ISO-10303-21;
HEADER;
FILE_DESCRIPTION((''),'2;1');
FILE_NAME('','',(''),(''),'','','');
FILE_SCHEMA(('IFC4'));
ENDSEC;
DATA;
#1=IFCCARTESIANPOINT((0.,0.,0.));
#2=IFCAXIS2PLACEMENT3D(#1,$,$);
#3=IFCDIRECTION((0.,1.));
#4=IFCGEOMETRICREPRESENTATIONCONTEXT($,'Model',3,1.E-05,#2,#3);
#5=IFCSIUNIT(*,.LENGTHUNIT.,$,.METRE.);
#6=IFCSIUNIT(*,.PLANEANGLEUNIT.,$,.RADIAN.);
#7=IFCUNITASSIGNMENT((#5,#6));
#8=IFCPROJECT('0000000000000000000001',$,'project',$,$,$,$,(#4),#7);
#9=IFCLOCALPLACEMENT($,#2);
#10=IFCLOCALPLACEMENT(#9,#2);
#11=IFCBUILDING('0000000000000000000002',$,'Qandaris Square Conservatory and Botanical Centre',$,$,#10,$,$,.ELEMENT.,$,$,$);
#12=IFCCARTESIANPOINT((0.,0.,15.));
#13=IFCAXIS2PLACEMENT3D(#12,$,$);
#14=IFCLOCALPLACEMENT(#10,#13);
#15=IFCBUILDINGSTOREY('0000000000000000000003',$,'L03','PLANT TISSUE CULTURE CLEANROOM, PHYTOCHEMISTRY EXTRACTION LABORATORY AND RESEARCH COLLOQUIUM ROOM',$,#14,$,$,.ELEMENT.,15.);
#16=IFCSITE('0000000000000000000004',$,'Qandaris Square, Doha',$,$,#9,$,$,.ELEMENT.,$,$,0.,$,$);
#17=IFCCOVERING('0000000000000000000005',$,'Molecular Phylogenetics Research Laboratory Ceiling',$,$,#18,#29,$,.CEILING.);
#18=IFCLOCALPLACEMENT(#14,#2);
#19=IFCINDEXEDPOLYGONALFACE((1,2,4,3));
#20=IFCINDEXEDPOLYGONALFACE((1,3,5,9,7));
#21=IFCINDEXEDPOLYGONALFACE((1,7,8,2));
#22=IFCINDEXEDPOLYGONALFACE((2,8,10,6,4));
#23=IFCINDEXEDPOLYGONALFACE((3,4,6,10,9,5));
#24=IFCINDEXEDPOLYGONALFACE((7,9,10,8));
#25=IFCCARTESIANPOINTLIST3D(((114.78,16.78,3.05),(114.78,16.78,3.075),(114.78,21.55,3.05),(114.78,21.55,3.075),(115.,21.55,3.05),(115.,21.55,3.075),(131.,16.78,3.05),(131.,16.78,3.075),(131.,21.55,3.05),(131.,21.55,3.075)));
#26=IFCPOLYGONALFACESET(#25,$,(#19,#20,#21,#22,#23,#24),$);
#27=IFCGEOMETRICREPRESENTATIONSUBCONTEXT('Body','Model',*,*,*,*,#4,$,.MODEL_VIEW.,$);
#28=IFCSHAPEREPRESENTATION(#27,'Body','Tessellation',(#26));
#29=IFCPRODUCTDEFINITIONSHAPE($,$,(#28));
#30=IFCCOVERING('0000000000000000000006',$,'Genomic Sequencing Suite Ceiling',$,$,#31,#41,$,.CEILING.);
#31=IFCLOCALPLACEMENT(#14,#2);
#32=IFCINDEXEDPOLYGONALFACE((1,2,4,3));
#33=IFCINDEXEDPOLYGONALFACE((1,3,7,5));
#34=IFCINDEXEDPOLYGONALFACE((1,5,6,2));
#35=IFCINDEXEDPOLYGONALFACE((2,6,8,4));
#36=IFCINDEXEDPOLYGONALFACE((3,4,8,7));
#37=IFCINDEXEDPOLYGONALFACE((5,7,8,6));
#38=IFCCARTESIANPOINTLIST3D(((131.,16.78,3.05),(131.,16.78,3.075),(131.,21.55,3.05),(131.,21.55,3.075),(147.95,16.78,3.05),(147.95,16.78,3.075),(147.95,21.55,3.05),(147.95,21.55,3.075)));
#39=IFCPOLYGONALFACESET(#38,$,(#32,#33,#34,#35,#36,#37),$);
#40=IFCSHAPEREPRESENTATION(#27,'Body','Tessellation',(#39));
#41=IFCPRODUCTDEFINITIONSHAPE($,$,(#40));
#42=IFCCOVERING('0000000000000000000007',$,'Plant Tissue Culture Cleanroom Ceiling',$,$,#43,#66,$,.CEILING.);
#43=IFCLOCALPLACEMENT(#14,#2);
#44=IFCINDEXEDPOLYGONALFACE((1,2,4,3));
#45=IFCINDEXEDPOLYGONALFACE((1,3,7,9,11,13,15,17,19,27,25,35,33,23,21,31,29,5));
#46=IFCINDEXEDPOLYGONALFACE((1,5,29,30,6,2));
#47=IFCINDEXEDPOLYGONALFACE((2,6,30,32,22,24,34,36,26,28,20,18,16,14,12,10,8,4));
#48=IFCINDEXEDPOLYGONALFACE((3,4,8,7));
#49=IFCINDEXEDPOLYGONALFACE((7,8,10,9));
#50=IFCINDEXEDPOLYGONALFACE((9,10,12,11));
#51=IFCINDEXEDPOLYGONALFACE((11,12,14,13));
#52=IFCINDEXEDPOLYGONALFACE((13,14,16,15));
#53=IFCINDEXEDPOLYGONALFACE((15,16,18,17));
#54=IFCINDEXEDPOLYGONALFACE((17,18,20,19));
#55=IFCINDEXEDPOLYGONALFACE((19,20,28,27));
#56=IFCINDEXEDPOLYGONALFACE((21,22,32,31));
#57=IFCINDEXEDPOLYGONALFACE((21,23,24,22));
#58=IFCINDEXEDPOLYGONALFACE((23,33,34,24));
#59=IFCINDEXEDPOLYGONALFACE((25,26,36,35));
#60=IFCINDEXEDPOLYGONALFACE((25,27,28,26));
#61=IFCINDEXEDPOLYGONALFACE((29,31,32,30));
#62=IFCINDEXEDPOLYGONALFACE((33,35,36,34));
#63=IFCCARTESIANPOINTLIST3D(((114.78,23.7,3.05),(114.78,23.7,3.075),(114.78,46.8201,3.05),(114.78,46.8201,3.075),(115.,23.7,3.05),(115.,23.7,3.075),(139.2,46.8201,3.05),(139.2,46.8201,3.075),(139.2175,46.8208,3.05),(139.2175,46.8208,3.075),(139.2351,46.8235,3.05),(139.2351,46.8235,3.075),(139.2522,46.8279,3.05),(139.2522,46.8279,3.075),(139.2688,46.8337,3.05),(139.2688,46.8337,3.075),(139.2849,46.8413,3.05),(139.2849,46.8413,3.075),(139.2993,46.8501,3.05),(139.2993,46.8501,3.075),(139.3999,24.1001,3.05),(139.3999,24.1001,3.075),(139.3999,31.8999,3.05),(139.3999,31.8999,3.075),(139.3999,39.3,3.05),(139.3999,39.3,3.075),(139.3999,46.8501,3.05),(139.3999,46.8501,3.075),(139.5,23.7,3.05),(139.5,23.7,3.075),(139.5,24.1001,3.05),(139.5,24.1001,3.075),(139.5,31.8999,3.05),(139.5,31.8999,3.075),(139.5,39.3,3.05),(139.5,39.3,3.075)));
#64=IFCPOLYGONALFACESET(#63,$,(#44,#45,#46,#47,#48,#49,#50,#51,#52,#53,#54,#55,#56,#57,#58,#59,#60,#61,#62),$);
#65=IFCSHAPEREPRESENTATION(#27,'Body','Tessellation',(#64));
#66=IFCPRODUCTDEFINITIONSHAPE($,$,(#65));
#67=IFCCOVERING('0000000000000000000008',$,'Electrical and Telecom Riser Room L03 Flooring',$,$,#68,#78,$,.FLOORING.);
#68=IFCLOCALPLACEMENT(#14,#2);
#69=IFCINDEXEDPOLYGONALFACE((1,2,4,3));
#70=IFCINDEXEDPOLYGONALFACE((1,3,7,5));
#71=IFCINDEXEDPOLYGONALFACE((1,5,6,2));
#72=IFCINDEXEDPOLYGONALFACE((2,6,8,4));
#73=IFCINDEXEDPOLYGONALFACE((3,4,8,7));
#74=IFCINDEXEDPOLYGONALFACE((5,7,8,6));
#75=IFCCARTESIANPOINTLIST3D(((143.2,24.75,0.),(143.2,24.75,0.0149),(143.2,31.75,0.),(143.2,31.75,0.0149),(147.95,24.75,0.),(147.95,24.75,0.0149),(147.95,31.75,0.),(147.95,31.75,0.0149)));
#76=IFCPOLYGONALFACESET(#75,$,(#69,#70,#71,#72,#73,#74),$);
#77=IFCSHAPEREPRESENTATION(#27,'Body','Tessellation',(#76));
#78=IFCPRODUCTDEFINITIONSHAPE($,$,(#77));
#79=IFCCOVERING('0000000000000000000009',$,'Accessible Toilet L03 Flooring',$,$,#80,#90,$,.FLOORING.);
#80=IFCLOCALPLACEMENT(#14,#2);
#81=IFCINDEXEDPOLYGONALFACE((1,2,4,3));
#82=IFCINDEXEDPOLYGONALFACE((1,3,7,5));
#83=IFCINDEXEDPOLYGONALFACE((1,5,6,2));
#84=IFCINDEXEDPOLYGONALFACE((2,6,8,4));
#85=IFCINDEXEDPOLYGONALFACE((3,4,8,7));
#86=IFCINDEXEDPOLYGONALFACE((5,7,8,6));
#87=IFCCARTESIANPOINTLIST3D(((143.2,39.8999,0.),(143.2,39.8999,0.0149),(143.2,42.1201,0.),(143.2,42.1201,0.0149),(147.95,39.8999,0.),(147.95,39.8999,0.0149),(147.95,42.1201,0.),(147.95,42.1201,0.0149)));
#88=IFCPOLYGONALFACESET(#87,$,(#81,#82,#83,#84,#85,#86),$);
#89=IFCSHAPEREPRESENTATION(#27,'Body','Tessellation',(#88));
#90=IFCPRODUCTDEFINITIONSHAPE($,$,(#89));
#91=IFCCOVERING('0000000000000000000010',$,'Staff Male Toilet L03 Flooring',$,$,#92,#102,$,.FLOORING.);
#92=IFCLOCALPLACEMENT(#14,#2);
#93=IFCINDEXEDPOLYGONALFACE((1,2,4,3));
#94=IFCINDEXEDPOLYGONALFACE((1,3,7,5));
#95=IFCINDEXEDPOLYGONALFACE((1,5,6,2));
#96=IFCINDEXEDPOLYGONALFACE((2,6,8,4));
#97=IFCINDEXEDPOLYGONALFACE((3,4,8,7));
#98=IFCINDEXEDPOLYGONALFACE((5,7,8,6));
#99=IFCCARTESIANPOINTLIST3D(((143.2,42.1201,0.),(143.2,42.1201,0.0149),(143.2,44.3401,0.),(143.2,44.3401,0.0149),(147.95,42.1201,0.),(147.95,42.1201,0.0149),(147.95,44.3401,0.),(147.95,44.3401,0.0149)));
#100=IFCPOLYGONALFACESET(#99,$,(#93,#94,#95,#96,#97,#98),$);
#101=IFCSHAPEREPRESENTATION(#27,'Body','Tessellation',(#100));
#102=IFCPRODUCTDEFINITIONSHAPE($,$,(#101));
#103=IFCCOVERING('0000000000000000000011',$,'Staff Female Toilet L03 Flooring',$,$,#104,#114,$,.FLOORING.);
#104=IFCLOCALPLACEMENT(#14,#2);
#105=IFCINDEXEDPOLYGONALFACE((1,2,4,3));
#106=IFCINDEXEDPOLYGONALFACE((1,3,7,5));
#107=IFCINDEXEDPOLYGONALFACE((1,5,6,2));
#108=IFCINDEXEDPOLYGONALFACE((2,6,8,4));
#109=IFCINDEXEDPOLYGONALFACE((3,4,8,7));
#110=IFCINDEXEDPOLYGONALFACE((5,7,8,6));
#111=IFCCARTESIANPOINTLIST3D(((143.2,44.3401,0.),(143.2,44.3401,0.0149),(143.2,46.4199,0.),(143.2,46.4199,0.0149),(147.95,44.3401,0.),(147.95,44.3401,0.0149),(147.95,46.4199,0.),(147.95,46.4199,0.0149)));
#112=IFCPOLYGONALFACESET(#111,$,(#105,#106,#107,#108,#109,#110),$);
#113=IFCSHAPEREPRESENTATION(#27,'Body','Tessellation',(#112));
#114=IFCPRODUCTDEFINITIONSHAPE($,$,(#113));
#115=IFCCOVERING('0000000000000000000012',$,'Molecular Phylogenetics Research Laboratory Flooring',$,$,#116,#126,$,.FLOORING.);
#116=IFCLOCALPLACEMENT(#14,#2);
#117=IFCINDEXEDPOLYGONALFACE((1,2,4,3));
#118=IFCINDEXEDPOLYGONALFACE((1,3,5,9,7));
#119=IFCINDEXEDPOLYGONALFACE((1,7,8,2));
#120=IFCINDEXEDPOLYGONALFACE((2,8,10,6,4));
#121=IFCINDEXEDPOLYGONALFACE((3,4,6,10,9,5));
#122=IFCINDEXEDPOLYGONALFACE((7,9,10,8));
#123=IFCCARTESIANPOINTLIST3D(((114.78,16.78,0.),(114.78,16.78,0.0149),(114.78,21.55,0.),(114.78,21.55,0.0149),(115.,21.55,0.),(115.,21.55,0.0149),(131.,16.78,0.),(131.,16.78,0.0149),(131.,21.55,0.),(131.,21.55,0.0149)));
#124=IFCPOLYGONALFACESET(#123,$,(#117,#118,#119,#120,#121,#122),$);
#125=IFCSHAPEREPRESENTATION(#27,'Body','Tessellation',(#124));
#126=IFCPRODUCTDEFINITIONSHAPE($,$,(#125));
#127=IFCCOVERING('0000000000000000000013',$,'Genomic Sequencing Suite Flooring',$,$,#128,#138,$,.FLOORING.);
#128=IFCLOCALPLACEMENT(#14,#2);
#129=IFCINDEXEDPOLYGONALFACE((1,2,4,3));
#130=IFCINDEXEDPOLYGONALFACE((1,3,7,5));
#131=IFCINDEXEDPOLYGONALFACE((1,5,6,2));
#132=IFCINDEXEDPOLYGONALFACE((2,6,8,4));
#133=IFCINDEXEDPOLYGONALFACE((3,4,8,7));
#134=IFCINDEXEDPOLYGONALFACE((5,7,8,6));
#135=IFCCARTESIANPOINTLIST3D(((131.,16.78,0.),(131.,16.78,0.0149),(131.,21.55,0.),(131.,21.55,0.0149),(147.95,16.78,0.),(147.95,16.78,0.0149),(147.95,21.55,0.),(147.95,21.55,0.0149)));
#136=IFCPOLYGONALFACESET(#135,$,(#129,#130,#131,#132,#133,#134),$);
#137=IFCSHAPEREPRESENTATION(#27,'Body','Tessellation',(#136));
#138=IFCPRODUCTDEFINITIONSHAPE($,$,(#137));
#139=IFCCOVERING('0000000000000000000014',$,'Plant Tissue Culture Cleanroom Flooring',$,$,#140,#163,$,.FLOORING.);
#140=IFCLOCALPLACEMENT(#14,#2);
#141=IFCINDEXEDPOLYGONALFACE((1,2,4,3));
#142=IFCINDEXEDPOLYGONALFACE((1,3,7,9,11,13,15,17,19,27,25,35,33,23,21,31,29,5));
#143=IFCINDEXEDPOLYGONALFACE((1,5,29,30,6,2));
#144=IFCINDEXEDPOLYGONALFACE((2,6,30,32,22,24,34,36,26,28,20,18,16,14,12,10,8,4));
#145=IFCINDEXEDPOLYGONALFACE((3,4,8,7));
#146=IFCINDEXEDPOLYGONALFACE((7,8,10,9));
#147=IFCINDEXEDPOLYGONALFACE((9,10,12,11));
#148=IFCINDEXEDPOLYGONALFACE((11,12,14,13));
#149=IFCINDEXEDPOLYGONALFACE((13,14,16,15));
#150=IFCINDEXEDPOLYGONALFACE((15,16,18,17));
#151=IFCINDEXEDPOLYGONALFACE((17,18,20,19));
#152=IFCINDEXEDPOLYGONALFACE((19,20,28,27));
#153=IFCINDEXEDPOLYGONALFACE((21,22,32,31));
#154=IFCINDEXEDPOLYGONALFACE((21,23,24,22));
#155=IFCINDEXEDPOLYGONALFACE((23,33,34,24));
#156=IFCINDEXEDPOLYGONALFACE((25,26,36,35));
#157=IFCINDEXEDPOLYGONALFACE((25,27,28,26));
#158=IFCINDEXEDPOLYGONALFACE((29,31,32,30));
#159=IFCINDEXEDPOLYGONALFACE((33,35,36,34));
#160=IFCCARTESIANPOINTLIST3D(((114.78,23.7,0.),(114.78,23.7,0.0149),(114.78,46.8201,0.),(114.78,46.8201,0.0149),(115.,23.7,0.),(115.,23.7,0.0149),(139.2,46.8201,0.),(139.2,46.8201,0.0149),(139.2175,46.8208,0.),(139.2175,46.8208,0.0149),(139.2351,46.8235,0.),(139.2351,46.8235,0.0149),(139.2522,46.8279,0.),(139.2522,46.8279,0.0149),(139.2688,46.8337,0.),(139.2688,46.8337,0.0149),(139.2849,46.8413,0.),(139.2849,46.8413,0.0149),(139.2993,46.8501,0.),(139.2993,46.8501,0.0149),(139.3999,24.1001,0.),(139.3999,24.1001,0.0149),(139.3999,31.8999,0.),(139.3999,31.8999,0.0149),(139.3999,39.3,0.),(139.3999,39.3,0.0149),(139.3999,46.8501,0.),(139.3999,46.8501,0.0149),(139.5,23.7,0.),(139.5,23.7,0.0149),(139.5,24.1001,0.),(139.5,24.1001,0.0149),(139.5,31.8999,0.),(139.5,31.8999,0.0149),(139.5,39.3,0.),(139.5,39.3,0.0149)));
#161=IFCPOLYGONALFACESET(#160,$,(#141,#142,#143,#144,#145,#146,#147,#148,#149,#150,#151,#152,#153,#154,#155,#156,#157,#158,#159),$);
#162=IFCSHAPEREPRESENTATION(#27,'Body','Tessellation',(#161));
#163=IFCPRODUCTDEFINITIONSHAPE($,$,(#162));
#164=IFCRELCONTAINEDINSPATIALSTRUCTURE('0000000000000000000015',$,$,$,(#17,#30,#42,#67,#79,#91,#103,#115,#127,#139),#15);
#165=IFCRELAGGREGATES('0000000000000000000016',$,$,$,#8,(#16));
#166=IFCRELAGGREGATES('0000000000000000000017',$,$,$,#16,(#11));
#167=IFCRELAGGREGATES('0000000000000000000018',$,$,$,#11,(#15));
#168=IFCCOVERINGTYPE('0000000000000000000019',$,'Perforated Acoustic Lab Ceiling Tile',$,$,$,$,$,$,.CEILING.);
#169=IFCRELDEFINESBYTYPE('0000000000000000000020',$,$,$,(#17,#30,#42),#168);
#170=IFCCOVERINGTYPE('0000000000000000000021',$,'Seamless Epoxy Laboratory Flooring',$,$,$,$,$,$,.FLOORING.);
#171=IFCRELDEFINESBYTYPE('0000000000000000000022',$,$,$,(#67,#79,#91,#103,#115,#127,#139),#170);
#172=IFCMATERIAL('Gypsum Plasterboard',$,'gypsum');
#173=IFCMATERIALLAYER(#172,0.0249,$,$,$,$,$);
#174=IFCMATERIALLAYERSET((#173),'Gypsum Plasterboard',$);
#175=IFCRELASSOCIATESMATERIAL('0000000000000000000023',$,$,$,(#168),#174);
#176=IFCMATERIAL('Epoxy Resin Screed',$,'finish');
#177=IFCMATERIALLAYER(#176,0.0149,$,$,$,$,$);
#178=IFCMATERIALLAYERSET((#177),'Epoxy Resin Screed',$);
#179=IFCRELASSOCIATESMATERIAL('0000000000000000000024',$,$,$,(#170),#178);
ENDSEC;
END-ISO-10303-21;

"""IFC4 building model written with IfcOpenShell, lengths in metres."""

from ifc_helpers import new_model, si_unit, direction, frame, origin, place, context, subcontext, project, spatial, polyline, outline, extrude, material, layer, layer_set, type_object, element, save


model = new_model("IFC4")

# Units and contexts
model_context = context("Model", 3, precision=1e-05, world=origin(), true_north=direction((0.0, 1.0)))
body_context = subcontext(model_context, "Body", "Model", "MODEL_VIEW")
ifc_project = project(units=[si_unit("LENGTHUNIT", "METRE"), si_unit("PLANEANGLEUNIT", "RADIAN")], contexts=[model_context])

# Site, building, storey
site_placement = place(None, origin())
site = spatial("IfcSite", under=ifc_project, at=site_placement, Name="Qandaris Square, Doha", CompositionType="ELEMENT", RefElevation=0.0)
building_placement = place(site_placement, origin())
building = spatial("IfcBuilding", under=site, at=building_placement, Name="Qandaris Square Conservatory and Botanical Centre", CompositionType="ELEMENT")
storey_placement = place(building_placement, frame((0.0, 0.0, 15.0)))
storey = spatial("IfcBuildingStorey", under=building, at=storey_placement, Name="L03", Description="PLANT TISSUE CULTURE CLEANROOM, PHYTOCHEMISTRY EXTRACTION LABORATORY AND RESEARCH COLLOQUIUM ROOM", CompositionType="ELEMENT", Elevation=15.0)

# Coverings
ifc_material_1 = material(Name="Gypsum Plasterboard", Category="gypsum")
ifc_layer_1 = layer(ifc_material_1, 0.0249)
ifc_layer_set_1 = layer_set([ifc_layer_1], Name="Gypsum Plasterboard")
covering_type_1 = type_object("IfcCoveringType", Name="Perforated Acoustic Lab Ceiling Tile", PredefinedType="CEILING", material=ifc_layer_set_1)
covering_1_placement = place(storey_placement, frame((0.0, 0.0, 3.05)))
element("IfcCovering", 1, at=covering_1_placement, inside=storey, type_object=covering_type_1, Name="Molecular Phylogenetics Research Laboratory Ceiling", PredefinedType="CEILING", context=body_context, shape_type="SweptSolid", body=[
    extrude(outline(polyline([(115.0, 21.55), (131.0, 21.55), (131.0, 16.78), (114.78, 16.78), (114.78, 21.55), (115.0, 21.55)])), origin(), (0.0, 0.0, 1.0), 0.0249),
])
covering_2_placement = place(storey_placement, frame((0.0, 0.0, 3.05)))
element("IfcCovering", 2, at=covering_2_placement, inside=storey, type_object=covering_type_1, Name="Genomic Sequencing Suite Ceiling", PredefinedType="CEILING", context=body_context, shape_type="SweptSolid", body=[
    extrude(outline(polyline([(147.95, 21.55), (147.95, 16.78), (131.0, 16.78), (131.0, 21.55), (147.95, 21.55)])), origin(), (0.0, 0.0, 1.0), 0.0249),
])
covering_3_placement = place(storey_placement, frame((0.0, 0.0, 3.05)))
element("IfcCovering", 3, at=covering_3_placement, inside=storey, type_object=covering_type_1, Name="Plant Tissue Culture Cleanroom Ceiling", PredefinedType="CEILING", context=body_context, shape_type="SweptSolid", body=[
    extrude(outline(polyline([(139.2351, 46.8235), (139.2522, 46.8279), (139.2688, 46.8337), (139.2849, 46.8413), (139.2993, 46.8501), (139.3999, 46.8501), (139.3999, 39.3), (139.5, 39.3), (139.5, 31.8999), (139.3999, 31.8999), (139.3999, 24.1001), (139.5, 24.1001), (139.5, 23.7), (115.0, 23.7), (114.78, 23.7), (114.78, 46.8201), (139.2, 46.8201), (139.2175, 46.8208), (139.2351, 46.8235)])), origin(), (0.0, 0.0, 1.0), 0.0249),
])
ifc_material_2 = material(Name="Epoxy Resin Screed", Category="finish")
ifc_layer_2 = layer(ifc_material_2, 0.0149)
ifc_layer_set_2 = layer_set([ifc_layer_2], Name="Epoxy Resin Screed")
covering_type_2 = type_object("IfcCoveringType", Name="Seamless Epoxy Laboratory Flooring", PredefinedType="FLOORING", material=ifc_layer_set_2)
covering_4_placement = place(storey_placement, origin())
element("IfcCovering", 4, at=covering_4_placement, inside=storey, type_object=covering_type_2, Name="Electrical and Telecom Riser Room L03 Flooring", PredefinedType="FLOORING", context=body_context, shape_type="SweptSolid", body=[
    extrude(outline(polyline([(147.95, 31.75), (147.95, 24.75), (143.2, 24.75), (143.2, 31.75), (147.95, 31.75)])), origin(), (0.0, 0.0, 1.0), 0.0149),
])
covering_5_placement = place(storey_placement, origin())
element("IfcCovering", 5, at=covering_5_placement, inside=storey, type_object=covering_type_2, Name="Accessible Toilet L03 Flooring", PredefinedType="FLOORING", context=body_context, shape_type="SweptSolid", body=[
    extrude(outline(polyline([(147.95, 42.1201), (147.95, 39.8999), (143.2, 39.8999), (143.2, 42.1201), (147.95, 42.1201)])), origin(), (0.0, 0.0, 1.0), 0.0149),
])
covering_6_placement = place(storey_placement, origin())
element("IfcCovering", 6, at=covering_6_placement, inside=storey, type_object=covering_type_2, Name="Staff Male Toilet L03 Flooring", PredefinedType="FLOORING", context=body_context, shape_type="SweptSolid", body=[
    extrude(outline(polyline([(147.95, 44.3401), (147.95, 42.1201), (143.2, 42.1201), (143.2, 44.3401), (147.95, 44.3401)])), origin(), (0.0, 0.0, 1.0), 0.0149),
])
covering_7_placement = place(storey_placement, origin())
element("IfcCovering", 7, at=covering_7_placement, inside=storey, type_object=covering_type_2, Name="Staff Female Toilet L03 Flooring", PredefinedType="FLOORING", context=body_context, shape_type="SweptSolid", body=[
    extrude(outline(polyline([(147.95, 46.4199), (147.95, 44.3401), (143.2, 44.3401), (143.2, 46.4199), (147.95, 46.4199)])), origin(), (0.0, 0.0, 1.0), 0.0149),
])
covering_8_placement = place(storey_placement, origin())
element("IfcCovering", 8, at=covering_8_placement, inside=storey, type_object=covering_type_2, Name="Molecular Phylogenetics Research Laboratory Flooring", PredefinedType="FLOORING", context=body_context, shape_type="SweptSolid", body=[
    extrude(outline(polyline([(115.0, 21.55), (131.0, 21.55), (131.0, 16.78), (114.78, 16.78), (114.78, 21.55), (115.0, 21.55)])), origin(), (0.0, 0.0, 1.0), 0.0149),
])
covering_9_placement = place(storey_placement, origin())
element("IfcCovering", 9, at=covering_9_placement, inside=storey, type_object=covering_type_2, Name="Genomic Sequencing Suite Flooring", PredefinedType="FLOORING", context=body_context, shape_type="SweptSolid", body=[
    extrude(outline(polyline([(147.95, 21.55), (147.95, 16.78), (131.0, 16.78), (131.0, 21.55), (147.95, 21.55)])), origin(), (0.0, 0.0, 1.0), 0.0149),
])
covering_10_placement = place(storey_placement, origin())
element("IfcCovering", 10, at=covering_10_placement, inside=storey, type_object=covering_type_2, Name="Plant Tissue Culture Cleanroom Flooring", PredefinedType="FLOORING", context=body_context, shape_type="SweptSolid", body=[
    extrude(outline(polyline([(139.2351, 46.8235), (139.2522, 46.8279), (139.2688, 46.8337), (139.2849, 46.8413), (139.2993, 46.8501), (139.3999, 46.8501), (139.3999, 39.3), (139.5, 39.3), (139.5, 31.8999), (139.3999, 31.8999), (139.3999, 24.1001), (139.5, 24.1001), (139.5, 23.7), (115.0, 23.7), (114.78, 23.7), (114.78, 46.8201), (139.2, 46.8201), (139.2175, 46.8208), (139.2351, 46.8235)])), origin(), (0.0, 0.0, 1.0), 0.0149),
])

save(model, "model.ifc")
